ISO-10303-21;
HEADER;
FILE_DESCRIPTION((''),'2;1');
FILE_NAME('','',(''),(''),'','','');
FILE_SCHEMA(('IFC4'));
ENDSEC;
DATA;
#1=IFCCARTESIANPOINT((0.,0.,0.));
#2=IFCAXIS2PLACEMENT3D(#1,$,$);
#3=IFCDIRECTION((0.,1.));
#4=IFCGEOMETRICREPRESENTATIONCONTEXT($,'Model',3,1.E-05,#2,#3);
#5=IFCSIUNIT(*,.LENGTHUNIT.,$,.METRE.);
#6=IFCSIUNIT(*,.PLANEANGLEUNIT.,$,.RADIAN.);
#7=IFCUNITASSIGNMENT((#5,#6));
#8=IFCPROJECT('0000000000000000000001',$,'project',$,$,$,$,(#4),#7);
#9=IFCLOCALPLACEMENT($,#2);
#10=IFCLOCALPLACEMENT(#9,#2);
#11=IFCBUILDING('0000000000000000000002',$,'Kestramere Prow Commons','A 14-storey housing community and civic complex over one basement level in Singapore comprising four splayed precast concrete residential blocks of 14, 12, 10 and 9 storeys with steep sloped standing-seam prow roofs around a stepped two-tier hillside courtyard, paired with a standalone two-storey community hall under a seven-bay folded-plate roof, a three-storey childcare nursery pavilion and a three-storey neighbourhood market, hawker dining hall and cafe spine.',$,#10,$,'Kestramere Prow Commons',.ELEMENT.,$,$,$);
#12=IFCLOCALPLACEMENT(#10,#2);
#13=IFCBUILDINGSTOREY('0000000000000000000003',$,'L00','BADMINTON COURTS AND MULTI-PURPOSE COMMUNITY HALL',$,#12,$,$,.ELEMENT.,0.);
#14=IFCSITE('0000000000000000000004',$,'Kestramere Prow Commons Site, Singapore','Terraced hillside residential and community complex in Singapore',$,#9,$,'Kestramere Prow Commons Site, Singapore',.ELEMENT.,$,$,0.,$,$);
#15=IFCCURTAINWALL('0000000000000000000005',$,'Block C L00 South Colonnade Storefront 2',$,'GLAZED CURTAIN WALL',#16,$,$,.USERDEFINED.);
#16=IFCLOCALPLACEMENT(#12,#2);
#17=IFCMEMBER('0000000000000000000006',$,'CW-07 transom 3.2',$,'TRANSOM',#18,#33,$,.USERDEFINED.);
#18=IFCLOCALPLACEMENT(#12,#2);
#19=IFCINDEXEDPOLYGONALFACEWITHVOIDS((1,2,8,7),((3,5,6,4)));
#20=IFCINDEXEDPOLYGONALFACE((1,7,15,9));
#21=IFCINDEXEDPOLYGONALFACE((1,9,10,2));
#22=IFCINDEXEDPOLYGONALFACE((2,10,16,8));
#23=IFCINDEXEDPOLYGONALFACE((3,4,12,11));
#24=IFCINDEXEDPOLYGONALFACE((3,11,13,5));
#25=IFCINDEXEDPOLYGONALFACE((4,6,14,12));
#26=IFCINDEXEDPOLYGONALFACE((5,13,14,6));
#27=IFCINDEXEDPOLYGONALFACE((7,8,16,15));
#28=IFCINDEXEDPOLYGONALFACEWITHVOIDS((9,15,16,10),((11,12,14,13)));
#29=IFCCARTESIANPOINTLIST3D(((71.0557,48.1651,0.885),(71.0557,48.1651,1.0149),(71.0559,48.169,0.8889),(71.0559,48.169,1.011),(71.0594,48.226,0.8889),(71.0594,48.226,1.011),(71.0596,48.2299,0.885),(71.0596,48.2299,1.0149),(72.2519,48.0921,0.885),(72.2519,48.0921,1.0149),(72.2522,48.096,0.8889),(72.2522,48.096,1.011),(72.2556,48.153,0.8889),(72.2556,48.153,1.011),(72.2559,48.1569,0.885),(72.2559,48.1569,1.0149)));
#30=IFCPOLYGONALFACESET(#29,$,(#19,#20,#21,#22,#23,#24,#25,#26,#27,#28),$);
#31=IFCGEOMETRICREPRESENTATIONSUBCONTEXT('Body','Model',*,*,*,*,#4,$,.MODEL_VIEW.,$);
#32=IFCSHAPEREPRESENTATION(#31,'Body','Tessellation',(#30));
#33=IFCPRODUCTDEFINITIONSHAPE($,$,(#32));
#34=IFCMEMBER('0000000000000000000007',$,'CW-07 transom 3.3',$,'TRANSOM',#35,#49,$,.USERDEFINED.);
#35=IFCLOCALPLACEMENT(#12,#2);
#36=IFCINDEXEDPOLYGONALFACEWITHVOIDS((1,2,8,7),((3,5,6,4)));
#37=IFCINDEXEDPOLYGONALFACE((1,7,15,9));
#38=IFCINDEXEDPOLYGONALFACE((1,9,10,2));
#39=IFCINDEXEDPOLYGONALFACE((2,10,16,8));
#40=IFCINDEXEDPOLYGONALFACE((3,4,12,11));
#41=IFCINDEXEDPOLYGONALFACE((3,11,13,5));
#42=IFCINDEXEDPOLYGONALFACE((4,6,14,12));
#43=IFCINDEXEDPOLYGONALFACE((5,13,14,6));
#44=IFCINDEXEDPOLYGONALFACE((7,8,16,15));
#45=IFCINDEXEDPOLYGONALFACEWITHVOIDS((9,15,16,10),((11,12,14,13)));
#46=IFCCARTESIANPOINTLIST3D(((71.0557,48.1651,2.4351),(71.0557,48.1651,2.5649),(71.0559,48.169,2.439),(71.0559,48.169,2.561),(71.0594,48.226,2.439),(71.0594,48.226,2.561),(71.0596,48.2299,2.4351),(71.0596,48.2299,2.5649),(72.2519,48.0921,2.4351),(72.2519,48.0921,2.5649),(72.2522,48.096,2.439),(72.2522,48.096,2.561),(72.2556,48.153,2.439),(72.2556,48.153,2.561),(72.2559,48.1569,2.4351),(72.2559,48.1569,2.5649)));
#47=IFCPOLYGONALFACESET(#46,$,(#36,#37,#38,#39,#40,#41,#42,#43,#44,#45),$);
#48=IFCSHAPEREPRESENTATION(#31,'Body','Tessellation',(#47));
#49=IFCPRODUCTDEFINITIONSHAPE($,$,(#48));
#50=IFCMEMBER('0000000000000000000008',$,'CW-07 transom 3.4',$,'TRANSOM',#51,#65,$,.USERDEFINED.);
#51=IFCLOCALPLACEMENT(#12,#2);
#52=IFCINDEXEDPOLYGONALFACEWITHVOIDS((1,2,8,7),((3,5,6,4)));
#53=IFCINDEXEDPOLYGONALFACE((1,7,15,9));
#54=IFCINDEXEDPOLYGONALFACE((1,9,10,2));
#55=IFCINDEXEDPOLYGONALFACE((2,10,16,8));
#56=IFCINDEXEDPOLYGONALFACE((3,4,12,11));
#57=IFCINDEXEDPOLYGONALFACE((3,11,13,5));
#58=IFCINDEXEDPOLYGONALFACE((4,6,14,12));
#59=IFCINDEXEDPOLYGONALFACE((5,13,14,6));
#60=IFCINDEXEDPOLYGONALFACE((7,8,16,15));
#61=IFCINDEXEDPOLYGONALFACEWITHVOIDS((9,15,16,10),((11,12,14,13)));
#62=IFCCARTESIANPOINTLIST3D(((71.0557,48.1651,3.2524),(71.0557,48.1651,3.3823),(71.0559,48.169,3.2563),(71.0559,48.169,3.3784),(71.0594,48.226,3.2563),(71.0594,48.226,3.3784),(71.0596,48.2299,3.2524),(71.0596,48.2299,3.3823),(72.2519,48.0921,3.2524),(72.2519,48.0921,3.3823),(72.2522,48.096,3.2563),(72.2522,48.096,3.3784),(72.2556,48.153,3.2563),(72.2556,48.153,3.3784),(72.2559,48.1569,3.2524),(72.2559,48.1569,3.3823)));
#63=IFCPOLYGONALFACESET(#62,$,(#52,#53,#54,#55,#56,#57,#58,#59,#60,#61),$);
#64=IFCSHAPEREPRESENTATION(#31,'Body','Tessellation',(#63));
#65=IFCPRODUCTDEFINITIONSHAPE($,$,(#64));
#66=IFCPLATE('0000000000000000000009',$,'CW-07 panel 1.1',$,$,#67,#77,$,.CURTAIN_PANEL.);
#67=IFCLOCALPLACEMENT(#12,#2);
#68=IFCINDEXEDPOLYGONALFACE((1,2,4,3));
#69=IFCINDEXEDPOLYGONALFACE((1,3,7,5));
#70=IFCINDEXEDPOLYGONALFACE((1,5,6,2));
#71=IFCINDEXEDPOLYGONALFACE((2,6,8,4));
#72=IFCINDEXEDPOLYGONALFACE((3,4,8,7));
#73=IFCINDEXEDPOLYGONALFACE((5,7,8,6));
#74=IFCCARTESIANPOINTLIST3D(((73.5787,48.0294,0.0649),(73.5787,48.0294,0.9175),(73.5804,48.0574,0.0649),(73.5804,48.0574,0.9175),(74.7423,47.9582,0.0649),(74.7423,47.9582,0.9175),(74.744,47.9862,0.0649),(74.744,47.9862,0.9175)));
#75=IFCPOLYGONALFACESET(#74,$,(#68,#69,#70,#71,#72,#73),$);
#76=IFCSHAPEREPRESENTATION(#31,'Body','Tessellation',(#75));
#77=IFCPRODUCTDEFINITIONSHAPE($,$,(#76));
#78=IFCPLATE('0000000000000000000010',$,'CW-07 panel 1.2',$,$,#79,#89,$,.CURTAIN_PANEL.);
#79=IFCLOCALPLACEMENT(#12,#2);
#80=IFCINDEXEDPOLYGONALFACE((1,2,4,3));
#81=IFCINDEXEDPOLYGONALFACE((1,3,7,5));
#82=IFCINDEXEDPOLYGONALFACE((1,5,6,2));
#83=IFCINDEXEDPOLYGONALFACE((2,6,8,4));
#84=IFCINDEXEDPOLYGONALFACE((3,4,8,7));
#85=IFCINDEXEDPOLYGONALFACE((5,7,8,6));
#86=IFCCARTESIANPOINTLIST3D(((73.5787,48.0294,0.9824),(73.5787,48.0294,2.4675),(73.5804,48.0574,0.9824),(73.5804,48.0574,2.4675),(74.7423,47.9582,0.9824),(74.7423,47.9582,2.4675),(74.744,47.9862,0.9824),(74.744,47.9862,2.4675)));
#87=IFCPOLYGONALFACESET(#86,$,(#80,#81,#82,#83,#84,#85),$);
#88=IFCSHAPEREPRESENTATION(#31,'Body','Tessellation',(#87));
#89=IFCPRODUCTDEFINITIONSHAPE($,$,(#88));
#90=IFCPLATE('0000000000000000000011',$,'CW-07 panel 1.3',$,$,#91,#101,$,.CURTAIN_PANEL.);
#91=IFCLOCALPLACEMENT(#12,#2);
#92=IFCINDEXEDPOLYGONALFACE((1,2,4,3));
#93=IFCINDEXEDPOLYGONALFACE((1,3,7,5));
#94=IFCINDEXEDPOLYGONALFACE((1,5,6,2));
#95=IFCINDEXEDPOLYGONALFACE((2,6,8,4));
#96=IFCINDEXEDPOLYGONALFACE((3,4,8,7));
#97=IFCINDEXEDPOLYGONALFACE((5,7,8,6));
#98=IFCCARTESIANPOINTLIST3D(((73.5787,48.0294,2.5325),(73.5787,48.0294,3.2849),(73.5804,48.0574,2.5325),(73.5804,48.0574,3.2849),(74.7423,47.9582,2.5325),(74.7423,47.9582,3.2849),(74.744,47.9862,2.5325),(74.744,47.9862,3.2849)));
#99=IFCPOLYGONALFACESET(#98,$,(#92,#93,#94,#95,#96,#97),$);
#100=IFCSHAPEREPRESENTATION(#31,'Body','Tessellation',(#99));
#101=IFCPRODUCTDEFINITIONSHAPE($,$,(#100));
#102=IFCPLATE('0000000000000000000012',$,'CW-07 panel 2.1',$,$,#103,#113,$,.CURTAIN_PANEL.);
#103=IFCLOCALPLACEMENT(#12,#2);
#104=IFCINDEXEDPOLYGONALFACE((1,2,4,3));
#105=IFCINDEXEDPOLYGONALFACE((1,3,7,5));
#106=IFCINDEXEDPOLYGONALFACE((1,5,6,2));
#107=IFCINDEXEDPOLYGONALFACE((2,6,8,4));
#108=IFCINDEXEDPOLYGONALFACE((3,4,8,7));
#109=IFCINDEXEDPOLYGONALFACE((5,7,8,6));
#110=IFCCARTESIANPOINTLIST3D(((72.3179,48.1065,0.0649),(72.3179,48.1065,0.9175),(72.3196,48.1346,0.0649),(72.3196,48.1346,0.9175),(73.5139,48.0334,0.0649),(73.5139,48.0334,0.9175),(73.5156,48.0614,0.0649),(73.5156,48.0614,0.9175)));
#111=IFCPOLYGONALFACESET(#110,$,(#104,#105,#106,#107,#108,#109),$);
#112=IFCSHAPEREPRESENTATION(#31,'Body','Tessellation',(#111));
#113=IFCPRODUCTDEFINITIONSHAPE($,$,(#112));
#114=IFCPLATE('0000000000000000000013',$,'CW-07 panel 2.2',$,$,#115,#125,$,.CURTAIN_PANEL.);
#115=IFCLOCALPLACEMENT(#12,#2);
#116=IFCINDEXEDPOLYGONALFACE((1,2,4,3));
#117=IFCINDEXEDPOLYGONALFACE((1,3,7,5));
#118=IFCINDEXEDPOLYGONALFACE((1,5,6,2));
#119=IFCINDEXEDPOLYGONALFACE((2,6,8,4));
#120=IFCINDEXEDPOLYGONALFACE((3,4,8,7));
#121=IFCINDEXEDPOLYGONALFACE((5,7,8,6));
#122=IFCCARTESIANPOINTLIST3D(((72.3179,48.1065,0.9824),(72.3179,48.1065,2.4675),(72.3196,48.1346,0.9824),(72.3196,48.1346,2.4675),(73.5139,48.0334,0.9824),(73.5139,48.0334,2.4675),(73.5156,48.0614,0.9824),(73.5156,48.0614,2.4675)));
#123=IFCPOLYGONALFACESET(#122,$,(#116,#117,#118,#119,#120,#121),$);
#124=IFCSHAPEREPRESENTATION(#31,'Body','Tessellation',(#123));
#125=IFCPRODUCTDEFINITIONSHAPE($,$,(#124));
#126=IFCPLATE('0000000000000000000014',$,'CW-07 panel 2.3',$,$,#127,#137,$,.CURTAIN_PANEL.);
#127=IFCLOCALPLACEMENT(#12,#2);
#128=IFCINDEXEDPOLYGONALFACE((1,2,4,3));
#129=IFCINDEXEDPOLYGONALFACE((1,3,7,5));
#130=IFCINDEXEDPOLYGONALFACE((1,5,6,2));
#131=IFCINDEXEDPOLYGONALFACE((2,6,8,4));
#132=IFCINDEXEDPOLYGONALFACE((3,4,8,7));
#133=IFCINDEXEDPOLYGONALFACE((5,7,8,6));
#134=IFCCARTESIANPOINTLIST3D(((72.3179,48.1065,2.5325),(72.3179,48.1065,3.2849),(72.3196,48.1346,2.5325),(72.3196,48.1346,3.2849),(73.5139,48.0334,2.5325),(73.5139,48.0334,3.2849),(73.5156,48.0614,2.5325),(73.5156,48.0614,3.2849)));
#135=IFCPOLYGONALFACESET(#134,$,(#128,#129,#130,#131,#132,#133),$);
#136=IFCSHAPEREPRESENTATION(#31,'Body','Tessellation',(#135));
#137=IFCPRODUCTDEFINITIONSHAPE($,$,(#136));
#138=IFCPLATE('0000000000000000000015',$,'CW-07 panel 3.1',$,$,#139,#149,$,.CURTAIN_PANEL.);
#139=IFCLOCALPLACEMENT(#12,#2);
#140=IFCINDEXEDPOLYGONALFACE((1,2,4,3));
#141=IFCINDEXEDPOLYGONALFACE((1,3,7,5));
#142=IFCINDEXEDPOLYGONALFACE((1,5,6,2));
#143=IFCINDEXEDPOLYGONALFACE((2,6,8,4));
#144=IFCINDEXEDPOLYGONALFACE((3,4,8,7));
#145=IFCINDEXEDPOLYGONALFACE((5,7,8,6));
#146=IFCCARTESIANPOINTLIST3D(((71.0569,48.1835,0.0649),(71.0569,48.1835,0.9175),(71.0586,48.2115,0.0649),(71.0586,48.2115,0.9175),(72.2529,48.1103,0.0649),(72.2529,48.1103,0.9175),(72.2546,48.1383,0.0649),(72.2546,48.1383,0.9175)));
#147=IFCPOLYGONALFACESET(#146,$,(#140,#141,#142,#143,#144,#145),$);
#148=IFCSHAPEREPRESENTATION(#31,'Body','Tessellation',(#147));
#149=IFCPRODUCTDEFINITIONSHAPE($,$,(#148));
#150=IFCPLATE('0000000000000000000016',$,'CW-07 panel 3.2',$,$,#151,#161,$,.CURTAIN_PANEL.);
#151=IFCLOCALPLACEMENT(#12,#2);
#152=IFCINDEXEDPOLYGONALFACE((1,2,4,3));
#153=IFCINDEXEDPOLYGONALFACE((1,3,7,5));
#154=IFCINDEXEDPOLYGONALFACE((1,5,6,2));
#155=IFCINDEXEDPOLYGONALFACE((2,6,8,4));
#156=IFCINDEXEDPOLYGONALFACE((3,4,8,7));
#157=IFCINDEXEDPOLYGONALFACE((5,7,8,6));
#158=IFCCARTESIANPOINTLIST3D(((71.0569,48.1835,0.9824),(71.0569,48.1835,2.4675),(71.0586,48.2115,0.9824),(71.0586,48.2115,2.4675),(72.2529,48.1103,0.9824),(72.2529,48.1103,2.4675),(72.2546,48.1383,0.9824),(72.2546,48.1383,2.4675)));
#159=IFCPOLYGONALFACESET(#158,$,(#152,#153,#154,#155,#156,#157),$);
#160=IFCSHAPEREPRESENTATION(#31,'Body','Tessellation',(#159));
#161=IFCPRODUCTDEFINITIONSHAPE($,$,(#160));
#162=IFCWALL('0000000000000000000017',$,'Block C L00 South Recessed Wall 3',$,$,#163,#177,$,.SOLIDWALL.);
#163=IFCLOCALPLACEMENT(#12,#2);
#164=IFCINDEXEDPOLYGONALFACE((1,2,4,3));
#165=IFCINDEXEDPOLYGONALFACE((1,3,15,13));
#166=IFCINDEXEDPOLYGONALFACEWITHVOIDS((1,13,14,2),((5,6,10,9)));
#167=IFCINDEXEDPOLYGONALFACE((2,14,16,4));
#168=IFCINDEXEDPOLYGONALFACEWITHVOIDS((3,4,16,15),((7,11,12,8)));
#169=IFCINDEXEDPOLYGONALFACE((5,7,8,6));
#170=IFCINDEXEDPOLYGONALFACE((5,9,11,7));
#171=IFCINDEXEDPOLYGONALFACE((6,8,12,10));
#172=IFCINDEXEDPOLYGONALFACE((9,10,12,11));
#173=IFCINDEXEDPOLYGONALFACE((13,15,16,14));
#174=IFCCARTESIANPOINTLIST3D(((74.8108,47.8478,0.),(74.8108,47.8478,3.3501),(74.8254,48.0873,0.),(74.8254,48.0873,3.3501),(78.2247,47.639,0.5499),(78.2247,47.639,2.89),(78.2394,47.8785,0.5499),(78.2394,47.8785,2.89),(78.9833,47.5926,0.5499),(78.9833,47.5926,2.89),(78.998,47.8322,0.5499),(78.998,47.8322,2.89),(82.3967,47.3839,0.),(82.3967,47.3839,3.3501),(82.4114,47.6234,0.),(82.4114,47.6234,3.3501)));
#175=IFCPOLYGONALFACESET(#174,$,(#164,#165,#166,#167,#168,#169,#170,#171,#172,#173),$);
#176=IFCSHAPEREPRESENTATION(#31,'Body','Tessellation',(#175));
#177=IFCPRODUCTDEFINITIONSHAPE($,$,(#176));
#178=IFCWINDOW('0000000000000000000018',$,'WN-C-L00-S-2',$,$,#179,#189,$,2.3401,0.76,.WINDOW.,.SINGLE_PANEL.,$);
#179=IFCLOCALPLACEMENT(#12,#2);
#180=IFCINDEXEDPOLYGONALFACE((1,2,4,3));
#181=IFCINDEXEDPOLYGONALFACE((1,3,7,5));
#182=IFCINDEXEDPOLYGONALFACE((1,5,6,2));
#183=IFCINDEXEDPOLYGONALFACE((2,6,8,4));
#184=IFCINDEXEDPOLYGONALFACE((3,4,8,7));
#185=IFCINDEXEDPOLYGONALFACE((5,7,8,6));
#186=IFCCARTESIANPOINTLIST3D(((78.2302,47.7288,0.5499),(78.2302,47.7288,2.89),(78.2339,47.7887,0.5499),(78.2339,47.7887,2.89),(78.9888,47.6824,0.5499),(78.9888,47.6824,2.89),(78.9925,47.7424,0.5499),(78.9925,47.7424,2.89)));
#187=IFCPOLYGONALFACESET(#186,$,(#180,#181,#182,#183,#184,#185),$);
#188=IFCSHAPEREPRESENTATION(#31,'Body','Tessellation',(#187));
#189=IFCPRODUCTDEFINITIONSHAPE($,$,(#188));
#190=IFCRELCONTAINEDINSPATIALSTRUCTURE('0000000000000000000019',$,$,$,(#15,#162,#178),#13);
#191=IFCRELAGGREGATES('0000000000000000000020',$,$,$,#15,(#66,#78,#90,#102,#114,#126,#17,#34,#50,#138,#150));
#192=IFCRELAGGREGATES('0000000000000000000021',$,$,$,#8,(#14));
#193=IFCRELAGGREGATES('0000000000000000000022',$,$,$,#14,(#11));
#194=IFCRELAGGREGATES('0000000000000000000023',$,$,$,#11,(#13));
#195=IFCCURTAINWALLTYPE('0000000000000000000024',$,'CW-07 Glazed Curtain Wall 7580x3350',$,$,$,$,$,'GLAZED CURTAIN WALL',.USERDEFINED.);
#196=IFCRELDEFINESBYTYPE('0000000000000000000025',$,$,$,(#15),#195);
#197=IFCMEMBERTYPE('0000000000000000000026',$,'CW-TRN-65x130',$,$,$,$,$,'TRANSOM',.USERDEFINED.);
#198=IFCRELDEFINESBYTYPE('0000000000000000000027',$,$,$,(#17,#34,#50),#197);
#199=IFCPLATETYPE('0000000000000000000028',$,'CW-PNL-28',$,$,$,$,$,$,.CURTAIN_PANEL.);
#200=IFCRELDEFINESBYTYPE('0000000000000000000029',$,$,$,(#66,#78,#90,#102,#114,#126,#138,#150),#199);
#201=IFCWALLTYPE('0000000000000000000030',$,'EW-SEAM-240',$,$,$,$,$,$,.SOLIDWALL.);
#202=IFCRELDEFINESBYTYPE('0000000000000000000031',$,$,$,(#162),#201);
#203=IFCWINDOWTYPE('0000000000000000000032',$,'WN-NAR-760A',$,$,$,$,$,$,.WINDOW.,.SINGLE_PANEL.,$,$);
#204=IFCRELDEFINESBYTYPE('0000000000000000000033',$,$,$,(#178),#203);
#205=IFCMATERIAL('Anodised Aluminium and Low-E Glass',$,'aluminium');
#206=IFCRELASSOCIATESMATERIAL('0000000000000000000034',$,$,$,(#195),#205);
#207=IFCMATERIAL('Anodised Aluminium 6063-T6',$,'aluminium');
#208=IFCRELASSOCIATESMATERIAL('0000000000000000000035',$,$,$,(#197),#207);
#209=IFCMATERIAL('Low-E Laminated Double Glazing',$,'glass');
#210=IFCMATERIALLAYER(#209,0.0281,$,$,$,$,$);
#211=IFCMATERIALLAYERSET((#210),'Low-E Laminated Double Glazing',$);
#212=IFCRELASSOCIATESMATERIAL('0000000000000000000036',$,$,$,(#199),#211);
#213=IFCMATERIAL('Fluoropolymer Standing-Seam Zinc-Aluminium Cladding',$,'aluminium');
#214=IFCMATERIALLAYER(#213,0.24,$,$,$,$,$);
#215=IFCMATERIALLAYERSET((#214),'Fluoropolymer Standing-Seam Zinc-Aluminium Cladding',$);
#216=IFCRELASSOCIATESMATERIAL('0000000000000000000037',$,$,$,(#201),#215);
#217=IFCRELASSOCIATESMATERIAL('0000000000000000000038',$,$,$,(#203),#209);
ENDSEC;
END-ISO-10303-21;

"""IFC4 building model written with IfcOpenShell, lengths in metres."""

from ifc_helpers import new_model, si_unit, direction, frame, frame_2d, origin, origin_2d, place, context, subcontext, project, spatial, rectangle, hollow_rectangle, extrude, material, layer, layer_set, material_profile, profile_set, type_object, element, fill, aggregate, save


model = new_model("IFC4")

# Units and contexts
model_context = context("Model", 3, precision=1e-05, world=origin(), true_north=direction((0.0, 1.0)))
body_context = subcontext(model_context, "Body", "Model", "MODEL_VIEW")
ifc_project = project(units=[si_unit("LENGTHUNIT", "METRE"), si_unit("PLANEANGLEUNIT", "RADIAN")], contexts=[model_context])

# Site, building, storey
site_placement = place(None, origin())
site = spatial("IfcSite", under=ifc_project, at=site_placement, Name="Kestramere Prow Commons Site, Singapore", Description="Terraced hillside residential and community complex in Singapore", LongName="Kestramere Prow Commons Site, Singapore", CompositionType="ELEMENT", RefElevation=0.0)
building_placement = place(site_placement, origin())
building = spatial("IfcBuilding", under=site, at=building_placement, Name="Kestramere Prow Commons", Description="A 14-storey housing community and civic complex over one basement level in Singapore comprising four splayed precast concrete residential blocks of 14, 12, 10 and 9 storeys with steep sloped standing-seam prow roofs around a stepped two-tier hillside courtyard, paired with a standalone two-storey community hall under a seven-bay folded-plate roof, a three-storey childcare nursery pavilion and a three-storey neighbourhood market, hawker dining hall and cafe spine.", LongName="Kestramere Prow Commons", CompositionType="ELEMENT")
storey_placement = place(building_placement, origin())
storey = spatial("IfcBuildingStorey", under=building, at=storey_placement, Name="L00", Description="BADMINTON COURTS AND MULTI-PURPOSE COMMUNITY HALL", CompositionType="ELEMENT", Elevation=0.0)

# Curtain wall, members, plates
ifc_material_1 = material(Name="Anodised Aluminium and Low-E Glass", Category="aluminium")
curtain_wall_type = type_object("IfcCurtainWallType", Name="CW-07 Glazed Curtain Wall 7580x3350", ElementType="GLAZED CURTAIN WALL", PredefinedType="USERDEFINED", material=ifc_material_1)
curtain_wall_placement = place(storey_placement, origin())
curtain_wall = element("IfcCurtainWall", 1, at=curtain_wall_placement, inside=storey, type_object=curtain_wall_type, Name="Block C L00 South Colonnade Storefront 2", ObjectType="GLAZED CURTAIN WALL", PredefinedType="USERDEFINED")
ifc_material_2 = material(Name="Anodised Aluminium 6063-T6", Category="aluminium")
ifc_material_profile_1 = material_profile(ifc_material_2, hollow_rectangle(XDim=0.0649, YDim=0.1299, WallThickness=0.0039, at=origin_2d()), Name="ALU-TRN 65x130")
ifc_profile_set_1 = profile_set([ifc_material_profile_1], Name="Anodised Aluminium 6063-T6")
member_type_1 = type_object("IfcMemberType", Name="CW-TRN-65x130", ElementType="TRANSOM", PredefinedType="USERDEFINED", material=ifc_profile_set_1)
member_1_placement = place(storey_placement, frame((72.2539, 48.1245, 0.95), z_axis=(-0.998143, 0.060907, 0.0), x_axis=(-0.060907, -0.998143, 0.0)))
member_1 = element("IfcMember", 2, at=member_1_placement, type_object=member_type_1, Name="CW-07 transom 3.2", ObjectType="TRANSOM", PredefinedType="USERDEFINED", context=body_context, shape_type="SweptSolid", body=[
    extrude(hollow_rectangle(XDim=0.0649, YDim=0.1299, WallThickness=0.0039, at=origin_2d()), origin(), (0.0, 0.0, 1.0), 1.1985),
])
member_2_placement = place(storey_placement, frame((72.2539, 48.1245, 2.5), z_axis=(-0.998143, 0.060907, 0.0), x_axis=(-0.060907, -0.998143, 0.0)))
member_2 = element("IfcMember", 3, at=member_2_placement, type_object=member_type_1, Name="CW-07 transom 3.3", ObjectType="TRANSOM", PredefinedType="USERDEFINED", context=body_context, shape_type="SweptSolid", body=[
    extrude(hollow_rectangle(XDim=0.0649, YDim=0.1299, WallThickness=0.0039, at=origin_2d()), origin(), (0.0, 0.0, 1.0), 1.1985),
])
member_3_placement = place(storey_placement, frame((72.2539, 48.1245, 3.3174), z_axis=(-0.998143, 0.060907, 0.0), x_axis=(-0.060907, -0.998143, 0.0)))
member_3 = element("IfcMember", 4, at=member_3_placement, type_object=member_type_1, Name="CW-07 transom 3.4", ObjectType="TRANSOM", PredefinedType="USERDEFINED", context=body_context, shape_type="SweptSolid", body=[
    extrude(hollow_rectangle(XDim=0.0649, YDim=0.1299, WallThickness=0.0039, at=origin_2d()), origin(), (0.0, 0.0, 1.0), 1.1985),
])
ifc_material_3 = material(Name="Low-E Laminated Double Glazing", Category="glass")
ifc_layer_1 = layer(ifc_material_3, 0.0281)
ifc_layer_set_1 = layer_set([ifc_layer_1], Name="Low-E Laminated Double Glazing")
plate_type = type_object("IfcPlateType", Name="CW-PNL-28", PredefinedType="CURTAIN_PANEL", material=ifc_layer_set_1)
plate_1_placement = place(storey_placement, frame((74.1614, 48.0078, 0.0649), z_axis=(0.0, 0.0, 1.0), x_axis=(-0.998135, 0.061049, 0.0)))
plate_1 = element("IfcPlate", 5, at=plate_1_placement, type_object=plate_type, Name="CW-07 panel 1.1", PredefinedType="CURTAIN_PANEL", context=body_context, shape_type="SweptSolid", body=[
    extrude(rectangle(XDim=1.1658, YDim=0.0281, at=origin_2d()), origin(), (0.0, 0.0, 1.0), 0.8525),
])
plate_2_placement = place(storey_placement, frame((74.1614, 48.0078, 0.9824), z_axis=(0.0, 0.0, 1.0), x_axis=(-0.998135, 0.061049, 0.0)))
plate_2 = element("IfcPlate", 6, at=plate_2_placement, type_object=plate_type, Name="CW-07 panel 1.2", PredefinedType="CURTAIN_PANEL", context=body_context, shape_type="SweptSolid", body=[
    extrude(rectangle(XDim=1.1658, YDim=0.0281, at=origin_2d()), origin(), (0.0, 0.0, 1.0), 1.4851),
])
plate_3_placement = place(storey_placement, frame((74.1614, 48.0078, 2.5325), z_axis=(0.0, 0.0, 1.0), x_axis=(-0.998135, 0.061049, 0.0)))
plate_3 = element("IfcPlate", 7, at=plate_3_placement, type_object=plate_type, Name="CW-07 panel 1.3", PredefinedType="CURTAIN_PANEL", context=body_context, shape_type="SweptSolid", body=[
    extrude(rectangle(XDim=1.1658, YDim=0.0281, at=origin_2d()), origin(), (0.0, 0.0, 1.0), 0.7524),
])
plate_4_placement = place(storey_placement, frame((72.9167, 48.084, 0.0649), z_axis=(0.0, 0.0, 1.0), x_axis=(-0.998135, 0.061049, 0.0)))
plate_4 = element("IfcPlate", 8, at=plate_4_placement, type_object=plate_type, Name="CW-07 panel 2.1", PredefinedType="CURTAIN_PANEL", context=body_context, shape_type="SweptSolid", body=[
    extrude(rectangle(XDim=1.1982, YDim=0.0281, at=origin_2d()), origin(), (0.0, 0.0, 1.0), 0.8525),
])
plate_5_placement = place(storey_placement, frame((72.9167, 48.084, 0.9824), z_axis=(0.0, 0.0, 1.0), x_axis=(-0.998135, 0.061049, 0.0)))
plate_5 = element("IfcPlate", 9, at=plate_5_placement, type_object=plate_type, Name="CW-07 panel 2.2", PredefinedType="CURTAIN_PANEL", context=body_context, shape_type="SweptSolid", body=[
    extrude(rectangle(XDim=1.1982, YDim=0.0281, at=origin_2d()), origin(), (0.0, 0.0, 1.0), 1.4851),
])
plate_6_placement = place(storey_placement, frame((72.9167, 48.084, 2.5325), z_axis=(0.0, 0.0, 1.0), x_axis=(-0.998135, 0.061049, 0.0)))
plate_6 = element("IfcPlate", 10, at=plate_6_placement, type_object=plate_type, Name="CW-07 panel 2.3", PredefinedType="CURTAIN_PANEL", context=body_context, shape_type="SweptSolid", body=[
    extrude(rectangle(XDim=1.1982, YDim=0.0281, at=origin_2d()), origin(), (0.0, 0.0, 1.0), 0.7524),
])
plate_7_placement = place(storey_placement, frame((71.6558, 48.1609, 0.0649), z_axis=(0.0, 0.0, 1.0), x_axis=(-0.998135, 0.061049, 0.0)))
plate_7 = element("IfcPlate", 11, at=plate_7_placement, type_object=plate_type, Name="CW-07 panel 3.1", PredefinedType="CURTAIN_PANEL", context=body_context, shape_type="SweptSolid", body=[
    extrude(rectangle(XDim=1.1982, YDim=0.0281, at=origin_2d()), origin(), (0.0, 0.0, 1.0), 0.8525),
])
plate_8_placement = place(storey_placement, frame((71.6558, 48.1609, 0.9824), z_axis=(0.0, 0.0, 1.0), x_axis=(-0.998135, 0.061049, 0.0)))
plate_8 = element("IfcPlate", 12, at=plate_8_placement, type_object=plate_type, Name="CW-07 panel 3.2", PredefinedType="CURTAIN_PANEL", context=body_context, shape_type="SweptSolid", body=[
    extrude(rectangle(XDim=1.1982, YDim=0.0281, at=origin_2d()), origin(), (0.0, 0.0, 1.0), 1.4851),
])
aggregate(curtain_wall, [plate_1, plate_2, plate_3, plate_4, plate_5, plate_6, member_1, member_2, member_3, plate_7, plate_8])

# Wall, opening, window
ifc_material_4 = material(Name="Fluoropolymer Standing-Seam Zinc-Aluminium Cladding", Category="aluminium")
ifc_layer_2 = layer(ifc_material_4, 0.24)
ifc_layer_set_2 = layer_set([ifc_layer_2], Name="Fluoropolymer Standing-Seam Zinc-Aluminium Cladding")
wall_type_1 = type_object("IfcWallType", Name="EW-SEAM-240", PredefinedType="SOLIDWALL", material=ifc_layer_set_2)
wall_placement = place(storey_placement, frame((82.4041, 47.5037, 0.0), z_axis=(0.0, 0.0, 1.0), x_axis=(-0.998136, 0.061034, 0.0)))
wall = element("IfcWall", 13, at=wall_placement, inside=storey, type_object=wall_type_1, Name="Block C L00 South Recessed Wall 3", PredefinedType="SOLIDWALL", context=body_context, shape_type="SweptSolid", body=[
    extrude(rectangle(XDim=7.6001, YDim=0.24, at=frame_2d((3.8, 0.0))), origin(), (0.0, 0.0, 1.0), 3.3501),
])
opening_placement = place(wall_placement, frame((3.4199, 0.0, 0.55)))
opening = element("IfcOpeningElement", 14, at=opening_placement, cuts=wall, PredefinedType="OPENING", context=body_context, shape_type="SweptSolid", body=[
    extrude(rectangle(XDim=0.76, YDim=2.3401, at=frame_2d((0.3799, 1.1699))), frame((0.0, 0.135, 0.0), z_axis=(0.0, -1.0, 0.0), x_axis=(1.0, 0.0, 0.0)), (0.0, 0.0, 1.0), 0.27),
])
window_type = type_object("IfcWindowType", Name="WN-NAR-760A", PartitioningType="SINGLE_PANEL", PredefinedType="WINDOW", material=ifc_material_3)
window_placement = place(opening_placement, origin())
window = element("IfcWindow", 15, at=window_placement, inside=storey, type_object=window_type, Name="WN-C-L00-S-2", OverallHeight=2.3401, OverallWidth=0.76, PartitioningType="SINGLE_PANEL", PredefinedType="WINDOW", context=body_context, shape_type="SweptSolid", body=[
    extrude(rectangle(XDim=0.76, YDim=2.3401, at=frame_2d((0.3799, 1.1699))), frame((0.0, 0.03, 0.0), z_axis=(0.0, -1.0, 0.0), x_axis=(1.0, 0.0, 0.0)), (0.0, 0.0, 1.0), 0.0601),
])
fill(opening, window)

save(model, "model.ifc")
